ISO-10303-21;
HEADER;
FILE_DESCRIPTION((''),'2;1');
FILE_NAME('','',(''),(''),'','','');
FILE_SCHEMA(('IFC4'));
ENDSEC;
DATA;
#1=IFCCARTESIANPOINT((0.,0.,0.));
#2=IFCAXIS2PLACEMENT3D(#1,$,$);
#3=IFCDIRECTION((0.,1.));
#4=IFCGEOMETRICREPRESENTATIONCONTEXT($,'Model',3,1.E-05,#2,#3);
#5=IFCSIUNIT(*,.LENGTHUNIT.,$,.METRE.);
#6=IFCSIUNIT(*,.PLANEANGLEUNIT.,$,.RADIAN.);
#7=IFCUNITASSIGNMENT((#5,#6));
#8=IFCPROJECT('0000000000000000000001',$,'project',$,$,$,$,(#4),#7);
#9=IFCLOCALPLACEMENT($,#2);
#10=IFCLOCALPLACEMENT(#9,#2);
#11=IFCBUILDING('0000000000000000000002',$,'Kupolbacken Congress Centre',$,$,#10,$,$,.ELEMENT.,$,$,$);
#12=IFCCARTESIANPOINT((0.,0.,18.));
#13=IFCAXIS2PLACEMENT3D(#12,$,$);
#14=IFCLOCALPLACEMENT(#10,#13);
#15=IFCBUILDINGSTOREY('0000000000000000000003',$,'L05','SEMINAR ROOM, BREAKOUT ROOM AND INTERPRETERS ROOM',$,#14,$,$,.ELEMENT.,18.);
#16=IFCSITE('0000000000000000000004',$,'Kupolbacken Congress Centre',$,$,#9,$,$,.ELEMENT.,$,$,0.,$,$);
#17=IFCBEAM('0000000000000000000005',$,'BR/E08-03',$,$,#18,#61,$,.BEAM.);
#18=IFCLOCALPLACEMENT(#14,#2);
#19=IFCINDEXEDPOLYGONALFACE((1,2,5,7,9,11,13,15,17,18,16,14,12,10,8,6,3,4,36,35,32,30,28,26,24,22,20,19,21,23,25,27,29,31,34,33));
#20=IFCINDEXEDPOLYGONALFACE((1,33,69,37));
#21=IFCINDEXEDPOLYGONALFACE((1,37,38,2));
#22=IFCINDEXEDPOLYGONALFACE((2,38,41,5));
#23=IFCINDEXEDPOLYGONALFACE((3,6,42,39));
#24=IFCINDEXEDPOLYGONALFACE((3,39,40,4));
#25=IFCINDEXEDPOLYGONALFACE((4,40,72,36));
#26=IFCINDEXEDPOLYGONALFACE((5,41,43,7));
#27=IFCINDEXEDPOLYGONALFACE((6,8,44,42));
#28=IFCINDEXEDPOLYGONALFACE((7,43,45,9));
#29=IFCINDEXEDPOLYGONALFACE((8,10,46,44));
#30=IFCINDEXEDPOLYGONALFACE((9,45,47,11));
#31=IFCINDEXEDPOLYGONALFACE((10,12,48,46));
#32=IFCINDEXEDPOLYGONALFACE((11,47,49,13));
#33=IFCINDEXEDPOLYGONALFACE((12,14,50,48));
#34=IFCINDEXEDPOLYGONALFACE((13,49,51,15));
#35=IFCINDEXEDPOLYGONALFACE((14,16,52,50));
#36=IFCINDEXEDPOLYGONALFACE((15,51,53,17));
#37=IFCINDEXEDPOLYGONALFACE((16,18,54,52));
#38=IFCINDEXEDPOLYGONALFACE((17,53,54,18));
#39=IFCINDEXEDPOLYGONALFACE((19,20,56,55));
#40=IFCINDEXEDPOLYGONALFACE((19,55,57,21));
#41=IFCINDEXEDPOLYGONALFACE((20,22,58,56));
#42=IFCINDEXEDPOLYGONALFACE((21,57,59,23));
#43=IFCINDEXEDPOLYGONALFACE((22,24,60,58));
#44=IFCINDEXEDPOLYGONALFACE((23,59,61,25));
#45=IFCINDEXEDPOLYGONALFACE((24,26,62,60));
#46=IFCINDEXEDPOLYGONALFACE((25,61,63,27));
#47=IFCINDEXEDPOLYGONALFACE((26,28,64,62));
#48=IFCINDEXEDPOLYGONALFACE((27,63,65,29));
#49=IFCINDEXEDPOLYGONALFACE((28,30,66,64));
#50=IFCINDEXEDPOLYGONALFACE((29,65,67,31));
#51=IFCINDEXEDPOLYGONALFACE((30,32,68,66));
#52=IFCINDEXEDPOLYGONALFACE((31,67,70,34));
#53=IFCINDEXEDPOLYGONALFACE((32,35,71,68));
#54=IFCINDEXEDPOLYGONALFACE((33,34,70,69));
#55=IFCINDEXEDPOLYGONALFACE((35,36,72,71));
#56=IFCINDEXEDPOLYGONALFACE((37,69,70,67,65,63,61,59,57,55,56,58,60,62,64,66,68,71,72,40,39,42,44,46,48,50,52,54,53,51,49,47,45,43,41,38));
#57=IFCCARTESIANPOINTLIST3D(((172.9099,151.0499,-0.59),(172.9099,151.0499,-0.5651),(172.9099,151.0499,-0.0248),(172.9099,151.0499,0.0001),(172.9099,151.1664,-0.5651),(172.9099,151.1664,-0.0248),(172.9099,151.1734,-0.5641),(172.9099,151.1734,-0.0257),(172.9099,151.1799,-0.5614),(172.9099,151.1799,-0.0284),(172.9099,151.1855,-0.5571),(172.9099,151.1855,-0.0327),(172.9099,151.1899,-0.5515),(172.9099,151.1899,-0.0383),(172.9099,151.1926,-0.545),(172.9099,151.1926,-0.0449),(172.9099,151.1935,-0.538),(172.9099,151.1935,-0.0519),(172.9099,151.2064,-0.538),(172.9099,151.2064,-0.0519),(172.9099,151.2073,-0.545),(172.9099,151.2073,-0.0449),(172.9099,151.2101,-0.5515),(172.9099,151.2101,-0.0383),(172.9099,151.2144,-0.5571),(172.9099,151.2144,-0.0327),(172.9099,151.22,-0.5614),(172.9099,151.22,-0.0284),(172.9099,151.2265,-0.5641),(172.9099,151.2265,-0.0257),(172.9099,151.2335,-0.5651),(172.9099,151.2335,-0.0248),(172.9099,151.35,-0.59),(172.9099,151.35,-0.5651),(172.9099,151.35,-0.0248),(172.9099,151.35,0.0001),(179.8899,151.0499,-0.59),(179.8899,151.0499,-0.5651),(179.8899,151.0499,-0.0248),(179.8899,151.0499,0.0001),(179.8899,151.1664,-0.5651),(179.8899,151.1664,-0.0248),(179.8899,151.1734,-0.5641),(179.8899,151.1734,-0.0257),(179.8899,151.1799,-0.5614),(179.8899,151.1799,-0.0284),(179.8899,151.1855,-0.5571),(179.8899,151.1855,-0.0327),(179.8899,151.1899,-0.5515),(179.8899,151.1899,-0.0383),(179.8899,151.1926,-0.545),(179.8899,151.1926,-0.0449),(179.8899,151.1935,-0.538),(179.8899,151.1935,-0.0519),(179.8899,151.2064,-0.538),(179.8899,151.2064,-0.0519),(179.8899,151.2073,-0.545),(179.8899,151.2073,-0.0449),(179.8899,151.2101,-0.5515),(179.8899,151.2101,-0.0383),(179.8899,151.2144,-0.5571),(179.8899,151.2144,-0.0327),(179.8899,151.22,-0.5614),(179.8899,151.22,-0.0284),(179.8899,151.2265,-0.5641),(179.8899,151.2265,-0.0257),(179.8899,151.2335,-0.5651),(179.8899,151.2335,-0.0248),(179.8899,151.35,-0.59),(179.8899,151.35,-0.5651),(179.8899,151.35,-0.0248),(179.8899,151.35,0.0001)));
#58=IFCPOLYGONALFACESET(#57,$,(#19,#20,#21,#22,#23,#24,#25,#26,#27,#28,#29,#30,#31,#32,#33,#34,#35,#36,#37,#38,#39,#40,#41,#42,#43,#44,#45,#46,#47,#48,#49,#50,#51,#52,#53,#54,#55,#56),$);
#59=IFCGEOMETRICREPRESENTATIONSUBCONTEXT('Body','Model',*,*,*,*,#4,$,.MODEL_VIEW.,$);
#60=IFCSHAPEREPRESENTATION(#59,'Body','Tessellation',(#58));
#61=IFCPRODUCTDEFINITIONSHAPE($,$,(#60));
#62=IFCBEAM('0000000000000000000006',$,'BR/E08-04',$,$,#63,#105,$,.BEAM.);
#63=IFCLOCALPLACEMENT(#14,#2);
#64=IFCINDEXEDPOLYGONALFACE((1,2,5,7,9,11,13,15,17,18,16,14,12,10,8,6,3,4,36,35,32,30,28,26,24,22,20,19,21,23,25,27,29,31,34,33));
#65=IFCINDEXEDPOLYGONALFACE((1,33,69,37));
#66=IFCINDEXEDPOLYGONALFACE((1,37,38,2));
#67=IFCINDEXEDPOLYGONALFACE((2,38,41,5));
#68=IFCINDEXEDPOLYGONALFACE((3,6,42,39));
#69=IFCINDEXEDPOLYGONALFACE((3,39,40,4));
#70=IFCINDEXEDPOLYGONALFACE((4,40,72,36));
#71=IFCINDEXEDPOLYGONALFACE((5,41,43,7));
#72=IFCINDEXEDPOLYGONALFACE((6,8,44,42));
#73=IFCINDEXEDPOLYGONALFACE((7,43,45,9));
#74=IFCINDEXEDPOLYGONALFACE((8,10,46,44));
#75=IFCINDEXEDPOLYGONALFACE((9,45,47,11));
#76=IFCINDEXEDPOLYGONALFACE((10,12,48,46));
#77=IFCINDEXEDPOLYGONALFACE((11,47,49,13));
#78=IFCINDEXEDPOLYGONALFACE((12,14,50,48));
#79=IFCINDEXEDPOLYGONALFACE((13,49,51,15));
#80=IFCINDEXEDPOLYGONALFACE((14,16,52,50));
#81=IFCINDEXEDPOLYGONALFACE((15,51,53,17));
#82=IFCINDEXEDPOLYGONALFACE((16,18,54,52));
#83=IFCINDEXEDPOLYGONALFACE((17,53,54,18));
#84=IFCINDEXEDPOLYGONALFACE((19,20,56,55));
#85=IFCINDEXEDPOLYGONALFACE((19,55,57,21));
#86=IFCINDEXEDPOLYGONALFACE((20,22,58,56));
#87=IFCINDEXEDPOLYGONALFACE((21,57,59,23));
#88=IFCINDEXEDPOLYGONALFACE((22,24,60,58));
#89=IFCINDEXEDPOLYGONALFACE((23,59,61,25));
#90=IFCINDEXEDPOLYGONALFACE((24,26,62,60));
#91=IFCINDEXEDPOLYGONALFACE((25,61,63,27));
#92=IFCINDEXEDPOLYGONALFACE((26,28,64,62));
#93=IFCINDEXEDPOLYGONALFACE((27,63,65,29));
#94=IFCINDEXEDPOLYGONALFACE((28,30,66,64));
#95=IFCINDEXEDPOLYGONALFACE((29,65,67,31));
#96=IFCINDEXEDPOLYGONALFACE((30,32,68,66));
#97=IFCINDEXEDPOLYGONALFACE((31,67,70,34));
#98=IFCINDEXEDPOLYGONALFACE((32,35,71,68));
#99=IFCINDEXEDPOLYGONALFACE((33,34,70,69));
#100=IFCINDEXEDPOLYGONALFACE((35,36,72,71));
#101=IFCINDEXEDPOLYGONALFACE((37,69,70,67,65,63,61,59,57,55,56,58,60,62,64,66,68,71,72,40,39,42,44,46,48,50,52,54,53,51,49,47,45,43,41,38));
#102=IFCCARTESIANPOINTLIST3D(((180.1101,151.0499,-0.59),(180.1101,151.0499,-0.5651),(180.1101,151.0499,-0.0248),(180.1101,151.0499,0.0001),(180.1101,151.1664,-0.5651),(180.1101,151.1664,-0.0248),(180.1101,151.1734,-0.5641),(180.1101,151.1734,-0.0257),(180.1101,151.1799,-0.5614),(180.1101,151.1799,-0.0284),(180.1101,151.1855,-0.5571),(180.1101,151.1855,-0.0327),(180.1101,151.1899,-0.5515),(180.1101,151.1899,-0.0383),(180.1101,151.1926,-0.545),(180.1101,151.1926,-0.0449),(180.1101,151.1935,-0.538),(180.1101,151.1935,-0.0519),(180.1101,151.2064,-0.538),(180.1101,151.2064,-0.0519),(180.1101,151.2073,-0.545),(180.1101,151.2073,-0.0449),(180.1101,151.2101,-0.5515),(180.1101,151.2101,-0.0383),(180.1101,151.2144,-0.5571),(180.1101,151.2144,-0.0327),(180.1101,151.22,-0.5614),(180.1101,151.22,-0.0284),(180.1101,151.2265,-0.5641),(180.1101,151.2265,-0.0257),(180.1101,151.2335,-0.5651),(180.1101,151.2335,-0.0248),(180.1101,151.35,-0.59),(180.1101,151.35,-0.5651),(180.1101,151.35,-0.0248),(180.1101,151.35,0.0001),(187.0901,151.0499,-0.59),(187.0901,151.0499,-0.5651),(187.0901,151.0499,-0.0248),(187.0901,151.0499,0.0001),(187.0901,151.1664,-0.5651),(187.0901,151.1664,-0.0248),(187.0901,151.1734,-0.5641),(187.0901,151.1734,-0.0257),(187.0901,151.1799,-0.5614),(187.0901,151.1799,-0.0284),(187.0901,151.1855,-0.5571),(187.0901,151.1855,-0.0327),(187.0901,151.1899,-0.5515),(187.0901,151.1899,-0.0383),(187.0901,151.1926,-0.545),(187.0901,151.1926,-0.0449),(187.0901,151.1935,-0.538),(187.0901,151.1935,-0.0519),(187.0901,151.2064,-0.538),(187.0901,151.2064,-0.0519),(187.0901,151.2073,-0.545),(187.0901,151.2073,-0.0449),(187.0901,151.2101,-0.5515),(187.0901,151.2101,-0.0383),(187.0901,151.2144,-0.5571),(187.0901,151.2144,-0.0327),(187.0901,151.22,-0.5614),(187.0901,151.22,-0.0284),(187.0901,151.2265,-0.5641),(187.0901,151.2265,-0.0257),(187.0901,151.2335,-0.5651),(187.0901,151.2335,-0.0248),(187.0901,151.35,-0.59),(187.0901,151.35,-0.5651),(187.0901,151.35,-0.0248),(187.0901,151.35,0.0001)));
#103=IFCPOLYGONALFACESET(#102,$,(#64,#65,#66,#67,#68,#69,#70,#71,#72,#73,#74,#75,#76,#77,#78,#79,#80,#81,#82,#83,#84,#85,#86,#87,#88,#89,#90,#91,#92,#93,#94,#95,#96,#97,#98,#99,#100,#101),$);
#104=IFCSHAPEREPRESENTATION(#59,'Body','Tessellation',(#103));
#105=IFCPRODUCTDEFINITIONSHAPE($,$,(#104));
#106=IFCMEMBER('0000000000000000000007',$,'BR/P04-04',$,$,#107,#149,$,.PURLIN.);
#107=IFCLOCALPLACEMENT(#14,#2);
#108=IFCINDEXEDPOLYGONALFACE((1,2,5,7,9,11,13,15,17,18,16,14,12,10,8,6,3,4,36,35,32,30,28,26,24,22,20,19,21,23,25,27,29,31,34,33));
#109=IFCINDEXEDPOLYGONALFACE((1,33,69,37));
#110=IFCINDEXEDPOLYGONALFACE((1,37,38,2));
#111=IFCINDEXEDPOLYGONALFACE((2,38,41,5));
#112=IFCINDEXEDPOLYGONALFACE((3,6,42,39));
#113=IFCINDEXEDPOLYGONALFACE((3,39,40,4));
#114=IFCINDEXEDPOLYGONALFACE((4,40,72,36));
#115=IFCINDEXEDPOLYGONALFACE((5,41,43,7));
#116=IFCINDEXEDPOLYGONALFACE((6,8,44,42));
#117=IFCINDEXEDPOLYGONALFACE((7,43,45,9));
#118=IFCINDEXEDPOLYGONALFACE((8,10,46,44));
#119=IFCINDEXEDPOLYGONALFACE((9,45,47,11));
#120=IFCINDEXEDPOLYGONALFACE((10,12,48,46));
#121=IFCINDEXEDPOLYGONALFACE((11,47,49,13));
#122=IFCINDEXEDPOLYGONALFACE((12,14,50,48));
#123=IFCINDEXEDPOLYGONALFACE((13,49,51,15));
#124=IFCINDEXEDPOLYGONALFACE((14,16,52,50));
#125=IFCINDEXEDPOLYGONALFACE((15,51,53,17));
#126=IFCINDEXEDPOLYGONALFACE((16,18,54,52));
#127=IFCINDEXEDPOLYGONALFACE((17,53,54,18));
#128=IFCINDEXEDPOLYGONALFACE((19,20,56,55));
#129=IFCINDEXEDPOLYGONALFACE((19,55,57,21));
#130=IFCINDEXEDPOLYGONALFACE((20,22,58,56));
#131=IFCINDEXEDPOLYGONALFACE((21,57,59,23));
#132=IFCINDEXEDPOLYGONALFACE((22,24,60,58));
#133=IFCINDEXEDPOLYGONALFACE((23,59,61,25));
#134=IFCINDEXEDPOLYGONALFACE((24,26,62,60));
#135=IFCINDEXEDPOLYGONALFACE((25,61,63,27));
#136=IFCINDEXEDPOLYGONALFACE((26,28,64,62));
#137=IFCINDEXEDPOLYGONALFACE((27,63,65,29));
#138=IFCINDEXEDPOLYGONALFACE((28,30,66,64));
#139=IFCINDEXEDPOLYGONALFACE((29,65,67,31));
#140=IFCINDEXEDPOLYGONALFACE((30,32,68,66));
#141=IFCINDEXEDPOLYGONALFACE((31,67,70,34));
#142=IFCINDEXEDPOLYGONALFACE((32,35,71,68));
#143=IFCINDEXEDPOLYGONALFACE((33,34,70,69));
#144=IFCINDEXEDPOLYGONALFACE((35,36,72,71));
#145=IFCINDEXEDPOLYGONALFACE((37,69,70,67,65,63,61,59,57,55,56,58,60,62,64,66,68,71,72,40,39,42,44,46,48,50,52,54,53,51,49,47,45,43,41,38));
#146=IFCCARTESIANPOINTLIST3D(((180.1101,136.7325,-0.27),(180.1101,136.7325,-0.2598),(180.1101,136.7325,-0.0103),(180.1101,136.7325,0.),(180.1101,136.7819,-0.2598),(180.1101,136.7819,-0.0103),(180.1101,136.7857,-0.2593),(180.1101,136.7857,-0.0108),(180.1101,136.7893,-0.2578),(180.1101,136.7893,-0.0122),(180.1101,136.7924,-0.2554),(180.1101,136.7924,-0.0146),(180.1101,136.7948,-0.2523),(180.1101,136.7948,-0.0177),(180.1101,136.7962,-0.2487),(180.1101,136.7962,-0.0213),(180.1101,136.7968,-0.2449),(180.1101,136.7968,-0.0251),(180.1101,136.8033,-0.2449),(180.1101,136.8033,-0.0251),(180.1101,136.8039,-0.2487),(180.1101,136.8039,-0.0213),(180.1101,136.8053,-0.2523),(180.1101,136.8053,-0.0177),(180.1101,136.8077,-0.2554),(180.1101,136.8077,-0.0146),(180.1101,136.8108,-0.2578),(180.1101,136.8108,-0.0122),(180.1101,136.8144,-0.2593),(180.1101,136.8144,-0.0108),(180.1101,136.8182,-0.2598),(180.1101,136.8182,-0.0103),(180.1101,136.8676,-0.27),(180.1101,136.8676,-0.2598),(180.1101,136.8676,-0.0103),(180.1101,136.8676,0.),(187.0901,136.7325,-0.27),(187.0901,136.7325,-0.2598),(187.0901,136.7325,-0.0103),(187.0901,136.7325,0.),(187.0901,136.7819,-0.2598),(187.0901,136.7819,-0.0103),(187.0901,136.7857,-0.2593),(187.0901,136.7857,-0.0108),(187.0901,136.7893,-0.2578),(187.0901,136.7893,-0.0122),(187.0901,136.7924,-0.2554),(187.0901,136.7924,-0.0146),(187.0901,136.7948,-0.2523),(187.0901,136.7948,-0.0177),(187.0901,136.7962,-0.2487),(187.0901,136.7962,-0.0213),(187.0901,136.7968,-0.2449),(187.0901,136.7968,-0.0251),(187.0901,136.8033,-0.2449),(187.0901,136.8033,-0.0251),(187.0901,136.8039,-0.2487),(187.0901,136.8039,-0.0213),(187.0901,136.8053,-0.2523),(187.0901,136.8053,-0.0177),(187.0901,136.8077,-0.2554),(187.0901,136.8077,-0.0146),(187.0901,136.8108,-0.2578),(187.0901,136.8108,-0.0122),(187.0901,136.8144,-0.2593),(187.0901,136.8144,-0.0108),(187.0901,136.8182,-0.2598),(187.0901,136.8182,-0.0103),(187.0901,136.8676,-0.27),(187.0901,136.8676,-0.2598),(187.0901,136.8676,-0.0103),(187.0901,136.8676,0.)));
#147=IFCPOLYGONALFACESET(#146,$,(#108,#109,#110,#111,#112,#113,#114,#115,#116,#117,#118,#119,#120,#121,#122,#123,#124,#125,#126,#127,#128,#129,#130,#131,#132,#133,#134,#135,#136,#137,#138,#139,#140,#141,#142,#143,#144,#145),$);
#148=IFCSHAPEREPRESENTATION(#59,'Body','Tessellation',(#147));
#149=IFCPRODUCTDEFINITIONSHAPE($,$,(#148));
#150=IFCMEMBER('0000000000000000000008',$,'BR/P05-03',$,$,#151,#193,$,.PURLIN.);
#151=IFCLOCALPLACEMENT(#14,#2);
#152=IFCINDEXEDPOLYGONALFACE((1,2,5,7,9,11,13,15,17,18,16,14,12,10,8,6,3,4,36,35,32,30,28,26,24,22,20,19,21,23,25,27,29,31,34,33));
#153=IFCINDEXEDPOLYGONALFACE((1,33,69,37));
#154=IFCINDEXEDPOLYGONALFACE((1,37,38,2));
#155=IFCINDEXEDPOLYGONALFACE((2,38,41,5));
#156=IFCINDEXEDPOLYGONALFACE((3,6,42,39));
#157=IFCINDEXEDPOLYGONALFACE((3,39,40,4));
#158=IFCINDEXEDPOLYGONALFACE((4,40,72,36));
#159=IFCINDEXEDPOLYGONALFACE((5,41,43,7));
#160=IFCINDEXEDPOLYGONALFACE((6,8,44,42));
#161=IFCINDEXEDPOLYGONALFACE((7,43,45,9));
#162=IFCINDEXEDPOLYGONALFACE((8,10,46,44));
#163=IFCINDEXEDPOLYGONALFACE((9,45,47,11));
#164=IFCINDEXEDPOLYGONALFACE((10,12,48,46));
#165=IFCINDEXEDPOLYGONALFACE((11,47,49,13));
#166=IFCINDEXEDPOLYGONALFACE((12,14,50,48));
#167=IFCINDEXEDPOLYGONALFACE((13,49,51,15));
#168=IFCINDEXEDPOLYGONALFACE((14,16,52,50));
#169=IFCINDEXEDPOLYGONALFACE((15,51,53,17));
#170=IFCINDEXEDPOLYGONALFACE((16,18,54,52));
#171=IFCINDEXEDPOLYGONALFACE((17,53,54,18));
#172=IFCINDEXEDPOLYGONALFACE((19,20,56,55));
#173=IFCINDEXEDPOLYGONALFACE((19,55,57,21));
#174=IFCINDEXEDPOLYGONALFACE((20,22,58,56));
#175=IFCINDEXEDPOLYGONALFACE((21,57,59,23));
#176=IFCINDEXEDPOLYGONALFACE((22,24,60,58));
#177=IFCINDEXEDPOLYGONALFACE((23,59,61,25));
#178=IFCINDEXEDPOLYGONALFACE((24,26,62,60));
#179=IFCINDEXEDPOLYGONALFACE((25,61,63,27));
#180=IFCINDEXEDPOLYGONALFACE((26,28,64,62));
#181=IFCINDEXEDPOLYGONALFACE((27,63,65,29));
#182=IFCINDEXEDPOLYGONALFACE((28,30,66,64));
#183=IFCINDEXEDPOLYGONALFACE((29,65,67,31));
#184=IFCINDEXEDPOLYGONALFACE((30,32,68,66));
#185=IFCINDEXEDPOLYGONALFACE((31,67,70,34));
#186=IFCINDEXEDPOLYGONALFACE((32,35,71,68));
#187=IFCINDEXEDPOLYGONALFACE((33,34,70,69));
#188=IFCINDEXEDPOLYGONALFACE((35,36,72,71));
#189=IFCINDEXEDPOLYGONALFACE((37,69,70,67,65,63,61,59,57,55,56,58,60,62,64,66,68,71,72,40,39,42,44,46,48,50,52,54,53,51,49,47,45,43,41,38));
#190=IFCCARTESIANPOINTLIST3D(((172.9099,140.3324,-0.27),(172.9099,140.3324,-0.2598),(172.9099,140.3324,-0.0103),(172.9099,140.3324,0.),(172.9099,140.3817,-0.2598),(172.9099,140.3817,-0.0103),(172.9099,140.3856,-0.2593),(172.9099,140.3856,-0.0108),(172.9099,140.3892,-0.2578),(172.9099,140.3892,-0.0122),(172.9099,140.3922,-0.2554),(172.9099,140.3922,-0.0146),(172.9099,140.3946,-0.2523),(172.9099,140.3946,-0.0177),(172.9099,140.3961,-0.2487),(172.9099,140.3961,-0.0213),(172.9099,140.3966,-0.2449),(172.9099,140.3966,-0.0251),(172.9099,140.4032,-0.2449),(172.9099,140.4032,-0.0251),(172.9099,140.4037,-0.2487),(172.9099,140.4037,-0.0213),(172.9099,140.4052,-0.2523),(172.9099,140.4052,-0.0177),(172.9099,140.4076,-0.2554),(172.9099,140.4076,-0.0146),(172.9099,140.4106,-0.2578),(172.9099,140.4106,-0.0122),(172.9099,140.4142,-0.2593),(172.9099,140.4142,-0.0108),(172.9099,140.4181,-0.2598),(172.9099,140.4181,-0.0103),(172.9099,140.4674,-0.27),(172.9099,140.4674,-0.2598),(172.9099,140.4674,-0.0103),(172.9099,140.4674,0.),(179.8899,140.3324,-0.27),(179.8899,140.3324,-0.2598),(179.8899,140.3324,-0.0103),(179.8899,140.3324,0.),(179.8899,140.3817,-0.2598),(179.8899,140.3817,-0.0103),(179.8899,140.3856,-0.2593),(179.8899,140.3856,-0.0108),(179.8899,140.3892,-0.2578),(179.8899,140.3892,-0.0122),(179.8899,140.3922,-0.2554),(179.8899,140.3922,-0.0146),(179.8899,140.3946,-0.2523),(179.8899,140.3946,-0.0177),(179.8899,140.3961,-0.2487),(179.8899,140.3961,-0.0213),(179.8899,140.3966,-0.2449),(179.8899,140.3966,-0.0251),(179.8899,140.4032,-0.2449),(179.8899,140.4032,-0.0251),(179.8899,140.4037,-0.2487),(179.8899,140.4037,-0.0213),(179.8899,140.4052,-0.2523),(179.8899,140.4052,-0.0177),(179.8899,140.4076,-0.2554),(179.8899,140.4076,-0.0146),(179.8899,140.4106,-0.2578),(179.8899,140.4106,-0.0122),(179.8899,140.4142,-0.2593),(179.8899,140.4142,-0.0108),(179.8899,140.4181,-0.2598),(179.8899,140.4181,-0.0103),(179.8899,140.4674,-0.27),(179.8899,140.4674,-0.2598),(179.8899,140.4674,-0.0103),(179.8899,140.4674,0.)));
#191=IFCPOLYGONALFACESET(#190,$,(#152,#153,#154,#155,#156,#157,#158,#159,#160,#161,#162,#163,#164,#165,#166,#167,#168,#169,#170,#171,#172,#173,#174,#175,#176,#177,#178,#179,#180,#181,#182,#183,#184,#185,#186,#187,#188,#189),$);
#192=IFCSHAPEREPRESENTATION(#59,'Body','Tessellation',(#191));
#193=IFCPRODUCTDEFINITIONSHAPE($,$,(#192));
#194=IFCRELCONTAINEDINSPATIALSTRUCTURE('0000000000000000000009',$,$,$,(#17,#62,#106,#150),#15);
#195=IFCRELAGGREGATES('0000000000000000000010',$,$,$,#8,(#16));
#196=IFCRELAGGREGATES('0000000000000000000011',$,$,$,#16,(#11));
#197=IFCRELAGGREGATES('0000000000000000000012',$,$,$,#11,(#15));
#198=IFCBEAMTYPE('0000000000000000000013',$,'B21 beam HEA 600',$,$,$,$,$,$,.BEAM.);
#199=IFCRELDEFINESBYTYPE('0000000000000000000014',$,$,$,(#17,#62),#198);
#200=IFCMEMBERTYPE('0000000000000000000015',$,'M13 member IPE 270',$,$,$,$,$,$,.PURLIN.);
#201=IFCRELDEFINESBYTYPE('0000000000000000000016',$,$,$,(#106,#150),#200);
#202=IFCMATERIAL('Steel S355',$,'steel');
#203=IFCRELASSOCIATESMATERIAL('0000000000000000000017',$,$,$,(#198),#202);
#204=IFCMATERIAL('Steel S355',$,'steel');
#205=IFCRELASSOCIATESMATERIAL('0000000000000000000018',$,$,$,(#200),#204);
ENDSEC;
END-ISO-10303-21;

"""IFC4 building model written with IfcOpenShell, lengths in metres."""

from ifc_helpers import new_model, si_unit, direction, frame, origin, origin_2d, place, context, subcontext, project, spatial, i_section, extrude, material, material_profile, profile_set, type_object, element, save


model = new_model("IFC4")

# Units and contexts
model_context = context("Model", 3, precision=1e-05, world=origin(), true_north=direction((0.0, 1.0)))
body_context = subcontext(model_context, "Body", "Model", "MODEL_VIEW")
ifc_project = project(units=[si_unit("LENGTHUNIT", "METRE"), si_unit("PLANEANGLEUNIT", "RADIAN")], contexts=[model_context])

# Site, building, storey
site_placement = place(None, origin())
site = spatial("IfcSite", under=ifc_project, at=site_placement, Name="Kupolbacken Congress Centre", CompositionType="ELEMENT", RefElevation=0.0)
building_placement = place(site_placement, origin())
building = spatial("IfcBuilding", under=site, at=building_placement, Name="Kupolbacken Congress Centre", CompositionType="ELEMENT")
storey_placement = place(building_placement, frame((0.0, 0.0, 18.0)))
storey = spatial("IfcBuildingStorey", under=building, at=storey_placement, Name="L05", Description="SEMINAR ROOM, BREAKOUT ROOM AND INTERPRETERS ROOM", CompositionType="ELEMENT", Elevation=18.0)

# Beams
ifc_material_1 = material(Name="Steel S355", Category="steel")
ifc_material_profile_1 = material_profile(ifc_material_1, i_section(OverallWidth=0.3, OverallDepth=0.5901, WebThickness=0.0129, FlangeThickness=0.0249, FilletRadius=0.0271, at=origin_2d()), Name="HEA 600")
ifc_profile_set_1 = profile_set([ifc_material_profile_1], Name="Steel S355")
beam_type = type_object("IfcBeamType", Name="B21 beam HEA 600", PredefinedType="BEAM", material=ifc_profile_set_1)
for number, where, z_axis, x_axis, name in (
    (1, (172.9099, 151.2, -0.2949), (1.0, 0.0, 0.0), (0.0, 1.0, 0.0), "BR/E08-03"),
    (2, (180.1101, 151.2, -0.2949), (1.0, 0.0, 0.0), (0.0, 1.0, 0.0), "BR/E08-04"),
):
    element("IfcBeam", number, at=place(storey_placement, frame(where, z_axis=z_axis, x_axis=x_axis)), inside=storey, type_object=beam_type, Name=name, PredefinedType="BEAM", context=body_context, shape_type="SweptSolid", body=[
        extrude(i_section(OverallWidth=0.3, OverallDepth=0.5901, WebThickness=0.0129, FlangeThickness=0.0249, FilletRadius=0.0271, at=origin_2d()), origin(), (0.0, 0.0, 1.0), 6.98),
    ])

# Members
ifc_material_2 = material(Name="Steel S355", Category="steel")
ifc_material_profile_2 = material_profile(ifc_material_2, i_section(OverallWidth=0.135, OverallDepth=0.27, WebThickness=0.0066, FlangeThickness=0.0103, FilletRadius=0.0149, at=origin_2d()), Name="IPE 270")
ifc_profile_set_2 = profile_set([ifc_material_profile_2], Name="Steel S355")
member_type_1 = type_object("IfcMemberType", Name="M13 member IPE 270", PredefinedType="PURLIN", material=ifc_profile_set_2)
for number, where, z_axis, x_axis, name in (
    (3, (180.1101, 136.8, -0.135), (1.0, 0.0, 0.0), (0.0, 1.0, 0.0), "BR/P04-04"),
    (4, (172.9099, 140.3999, -0.135), (1.0, 0.0, 0.0), (0.0, 1.0, 0.0), "BR/P05-03"),
):
    element("IfcMember", number, at=place(storey_placement, frame(where, z_axis=z_axis, x_axis=x_axis)), inside=storey, type_object=member_type_1, Name=name, PredefinedType="PURLIN", context=body_context, shape_type="SweptSolid", body=[
        extrude(i_section(OverallWidth=0.135, OverallDepth=0.27, WebThickness=0.0066, FlangeThickness=0.0103, FilletRadius=0.0149, at=origin_2d()), origin(), (0.0, 0.0, 1.0), 6.98),
    ])

save(model, "model.ifc")
